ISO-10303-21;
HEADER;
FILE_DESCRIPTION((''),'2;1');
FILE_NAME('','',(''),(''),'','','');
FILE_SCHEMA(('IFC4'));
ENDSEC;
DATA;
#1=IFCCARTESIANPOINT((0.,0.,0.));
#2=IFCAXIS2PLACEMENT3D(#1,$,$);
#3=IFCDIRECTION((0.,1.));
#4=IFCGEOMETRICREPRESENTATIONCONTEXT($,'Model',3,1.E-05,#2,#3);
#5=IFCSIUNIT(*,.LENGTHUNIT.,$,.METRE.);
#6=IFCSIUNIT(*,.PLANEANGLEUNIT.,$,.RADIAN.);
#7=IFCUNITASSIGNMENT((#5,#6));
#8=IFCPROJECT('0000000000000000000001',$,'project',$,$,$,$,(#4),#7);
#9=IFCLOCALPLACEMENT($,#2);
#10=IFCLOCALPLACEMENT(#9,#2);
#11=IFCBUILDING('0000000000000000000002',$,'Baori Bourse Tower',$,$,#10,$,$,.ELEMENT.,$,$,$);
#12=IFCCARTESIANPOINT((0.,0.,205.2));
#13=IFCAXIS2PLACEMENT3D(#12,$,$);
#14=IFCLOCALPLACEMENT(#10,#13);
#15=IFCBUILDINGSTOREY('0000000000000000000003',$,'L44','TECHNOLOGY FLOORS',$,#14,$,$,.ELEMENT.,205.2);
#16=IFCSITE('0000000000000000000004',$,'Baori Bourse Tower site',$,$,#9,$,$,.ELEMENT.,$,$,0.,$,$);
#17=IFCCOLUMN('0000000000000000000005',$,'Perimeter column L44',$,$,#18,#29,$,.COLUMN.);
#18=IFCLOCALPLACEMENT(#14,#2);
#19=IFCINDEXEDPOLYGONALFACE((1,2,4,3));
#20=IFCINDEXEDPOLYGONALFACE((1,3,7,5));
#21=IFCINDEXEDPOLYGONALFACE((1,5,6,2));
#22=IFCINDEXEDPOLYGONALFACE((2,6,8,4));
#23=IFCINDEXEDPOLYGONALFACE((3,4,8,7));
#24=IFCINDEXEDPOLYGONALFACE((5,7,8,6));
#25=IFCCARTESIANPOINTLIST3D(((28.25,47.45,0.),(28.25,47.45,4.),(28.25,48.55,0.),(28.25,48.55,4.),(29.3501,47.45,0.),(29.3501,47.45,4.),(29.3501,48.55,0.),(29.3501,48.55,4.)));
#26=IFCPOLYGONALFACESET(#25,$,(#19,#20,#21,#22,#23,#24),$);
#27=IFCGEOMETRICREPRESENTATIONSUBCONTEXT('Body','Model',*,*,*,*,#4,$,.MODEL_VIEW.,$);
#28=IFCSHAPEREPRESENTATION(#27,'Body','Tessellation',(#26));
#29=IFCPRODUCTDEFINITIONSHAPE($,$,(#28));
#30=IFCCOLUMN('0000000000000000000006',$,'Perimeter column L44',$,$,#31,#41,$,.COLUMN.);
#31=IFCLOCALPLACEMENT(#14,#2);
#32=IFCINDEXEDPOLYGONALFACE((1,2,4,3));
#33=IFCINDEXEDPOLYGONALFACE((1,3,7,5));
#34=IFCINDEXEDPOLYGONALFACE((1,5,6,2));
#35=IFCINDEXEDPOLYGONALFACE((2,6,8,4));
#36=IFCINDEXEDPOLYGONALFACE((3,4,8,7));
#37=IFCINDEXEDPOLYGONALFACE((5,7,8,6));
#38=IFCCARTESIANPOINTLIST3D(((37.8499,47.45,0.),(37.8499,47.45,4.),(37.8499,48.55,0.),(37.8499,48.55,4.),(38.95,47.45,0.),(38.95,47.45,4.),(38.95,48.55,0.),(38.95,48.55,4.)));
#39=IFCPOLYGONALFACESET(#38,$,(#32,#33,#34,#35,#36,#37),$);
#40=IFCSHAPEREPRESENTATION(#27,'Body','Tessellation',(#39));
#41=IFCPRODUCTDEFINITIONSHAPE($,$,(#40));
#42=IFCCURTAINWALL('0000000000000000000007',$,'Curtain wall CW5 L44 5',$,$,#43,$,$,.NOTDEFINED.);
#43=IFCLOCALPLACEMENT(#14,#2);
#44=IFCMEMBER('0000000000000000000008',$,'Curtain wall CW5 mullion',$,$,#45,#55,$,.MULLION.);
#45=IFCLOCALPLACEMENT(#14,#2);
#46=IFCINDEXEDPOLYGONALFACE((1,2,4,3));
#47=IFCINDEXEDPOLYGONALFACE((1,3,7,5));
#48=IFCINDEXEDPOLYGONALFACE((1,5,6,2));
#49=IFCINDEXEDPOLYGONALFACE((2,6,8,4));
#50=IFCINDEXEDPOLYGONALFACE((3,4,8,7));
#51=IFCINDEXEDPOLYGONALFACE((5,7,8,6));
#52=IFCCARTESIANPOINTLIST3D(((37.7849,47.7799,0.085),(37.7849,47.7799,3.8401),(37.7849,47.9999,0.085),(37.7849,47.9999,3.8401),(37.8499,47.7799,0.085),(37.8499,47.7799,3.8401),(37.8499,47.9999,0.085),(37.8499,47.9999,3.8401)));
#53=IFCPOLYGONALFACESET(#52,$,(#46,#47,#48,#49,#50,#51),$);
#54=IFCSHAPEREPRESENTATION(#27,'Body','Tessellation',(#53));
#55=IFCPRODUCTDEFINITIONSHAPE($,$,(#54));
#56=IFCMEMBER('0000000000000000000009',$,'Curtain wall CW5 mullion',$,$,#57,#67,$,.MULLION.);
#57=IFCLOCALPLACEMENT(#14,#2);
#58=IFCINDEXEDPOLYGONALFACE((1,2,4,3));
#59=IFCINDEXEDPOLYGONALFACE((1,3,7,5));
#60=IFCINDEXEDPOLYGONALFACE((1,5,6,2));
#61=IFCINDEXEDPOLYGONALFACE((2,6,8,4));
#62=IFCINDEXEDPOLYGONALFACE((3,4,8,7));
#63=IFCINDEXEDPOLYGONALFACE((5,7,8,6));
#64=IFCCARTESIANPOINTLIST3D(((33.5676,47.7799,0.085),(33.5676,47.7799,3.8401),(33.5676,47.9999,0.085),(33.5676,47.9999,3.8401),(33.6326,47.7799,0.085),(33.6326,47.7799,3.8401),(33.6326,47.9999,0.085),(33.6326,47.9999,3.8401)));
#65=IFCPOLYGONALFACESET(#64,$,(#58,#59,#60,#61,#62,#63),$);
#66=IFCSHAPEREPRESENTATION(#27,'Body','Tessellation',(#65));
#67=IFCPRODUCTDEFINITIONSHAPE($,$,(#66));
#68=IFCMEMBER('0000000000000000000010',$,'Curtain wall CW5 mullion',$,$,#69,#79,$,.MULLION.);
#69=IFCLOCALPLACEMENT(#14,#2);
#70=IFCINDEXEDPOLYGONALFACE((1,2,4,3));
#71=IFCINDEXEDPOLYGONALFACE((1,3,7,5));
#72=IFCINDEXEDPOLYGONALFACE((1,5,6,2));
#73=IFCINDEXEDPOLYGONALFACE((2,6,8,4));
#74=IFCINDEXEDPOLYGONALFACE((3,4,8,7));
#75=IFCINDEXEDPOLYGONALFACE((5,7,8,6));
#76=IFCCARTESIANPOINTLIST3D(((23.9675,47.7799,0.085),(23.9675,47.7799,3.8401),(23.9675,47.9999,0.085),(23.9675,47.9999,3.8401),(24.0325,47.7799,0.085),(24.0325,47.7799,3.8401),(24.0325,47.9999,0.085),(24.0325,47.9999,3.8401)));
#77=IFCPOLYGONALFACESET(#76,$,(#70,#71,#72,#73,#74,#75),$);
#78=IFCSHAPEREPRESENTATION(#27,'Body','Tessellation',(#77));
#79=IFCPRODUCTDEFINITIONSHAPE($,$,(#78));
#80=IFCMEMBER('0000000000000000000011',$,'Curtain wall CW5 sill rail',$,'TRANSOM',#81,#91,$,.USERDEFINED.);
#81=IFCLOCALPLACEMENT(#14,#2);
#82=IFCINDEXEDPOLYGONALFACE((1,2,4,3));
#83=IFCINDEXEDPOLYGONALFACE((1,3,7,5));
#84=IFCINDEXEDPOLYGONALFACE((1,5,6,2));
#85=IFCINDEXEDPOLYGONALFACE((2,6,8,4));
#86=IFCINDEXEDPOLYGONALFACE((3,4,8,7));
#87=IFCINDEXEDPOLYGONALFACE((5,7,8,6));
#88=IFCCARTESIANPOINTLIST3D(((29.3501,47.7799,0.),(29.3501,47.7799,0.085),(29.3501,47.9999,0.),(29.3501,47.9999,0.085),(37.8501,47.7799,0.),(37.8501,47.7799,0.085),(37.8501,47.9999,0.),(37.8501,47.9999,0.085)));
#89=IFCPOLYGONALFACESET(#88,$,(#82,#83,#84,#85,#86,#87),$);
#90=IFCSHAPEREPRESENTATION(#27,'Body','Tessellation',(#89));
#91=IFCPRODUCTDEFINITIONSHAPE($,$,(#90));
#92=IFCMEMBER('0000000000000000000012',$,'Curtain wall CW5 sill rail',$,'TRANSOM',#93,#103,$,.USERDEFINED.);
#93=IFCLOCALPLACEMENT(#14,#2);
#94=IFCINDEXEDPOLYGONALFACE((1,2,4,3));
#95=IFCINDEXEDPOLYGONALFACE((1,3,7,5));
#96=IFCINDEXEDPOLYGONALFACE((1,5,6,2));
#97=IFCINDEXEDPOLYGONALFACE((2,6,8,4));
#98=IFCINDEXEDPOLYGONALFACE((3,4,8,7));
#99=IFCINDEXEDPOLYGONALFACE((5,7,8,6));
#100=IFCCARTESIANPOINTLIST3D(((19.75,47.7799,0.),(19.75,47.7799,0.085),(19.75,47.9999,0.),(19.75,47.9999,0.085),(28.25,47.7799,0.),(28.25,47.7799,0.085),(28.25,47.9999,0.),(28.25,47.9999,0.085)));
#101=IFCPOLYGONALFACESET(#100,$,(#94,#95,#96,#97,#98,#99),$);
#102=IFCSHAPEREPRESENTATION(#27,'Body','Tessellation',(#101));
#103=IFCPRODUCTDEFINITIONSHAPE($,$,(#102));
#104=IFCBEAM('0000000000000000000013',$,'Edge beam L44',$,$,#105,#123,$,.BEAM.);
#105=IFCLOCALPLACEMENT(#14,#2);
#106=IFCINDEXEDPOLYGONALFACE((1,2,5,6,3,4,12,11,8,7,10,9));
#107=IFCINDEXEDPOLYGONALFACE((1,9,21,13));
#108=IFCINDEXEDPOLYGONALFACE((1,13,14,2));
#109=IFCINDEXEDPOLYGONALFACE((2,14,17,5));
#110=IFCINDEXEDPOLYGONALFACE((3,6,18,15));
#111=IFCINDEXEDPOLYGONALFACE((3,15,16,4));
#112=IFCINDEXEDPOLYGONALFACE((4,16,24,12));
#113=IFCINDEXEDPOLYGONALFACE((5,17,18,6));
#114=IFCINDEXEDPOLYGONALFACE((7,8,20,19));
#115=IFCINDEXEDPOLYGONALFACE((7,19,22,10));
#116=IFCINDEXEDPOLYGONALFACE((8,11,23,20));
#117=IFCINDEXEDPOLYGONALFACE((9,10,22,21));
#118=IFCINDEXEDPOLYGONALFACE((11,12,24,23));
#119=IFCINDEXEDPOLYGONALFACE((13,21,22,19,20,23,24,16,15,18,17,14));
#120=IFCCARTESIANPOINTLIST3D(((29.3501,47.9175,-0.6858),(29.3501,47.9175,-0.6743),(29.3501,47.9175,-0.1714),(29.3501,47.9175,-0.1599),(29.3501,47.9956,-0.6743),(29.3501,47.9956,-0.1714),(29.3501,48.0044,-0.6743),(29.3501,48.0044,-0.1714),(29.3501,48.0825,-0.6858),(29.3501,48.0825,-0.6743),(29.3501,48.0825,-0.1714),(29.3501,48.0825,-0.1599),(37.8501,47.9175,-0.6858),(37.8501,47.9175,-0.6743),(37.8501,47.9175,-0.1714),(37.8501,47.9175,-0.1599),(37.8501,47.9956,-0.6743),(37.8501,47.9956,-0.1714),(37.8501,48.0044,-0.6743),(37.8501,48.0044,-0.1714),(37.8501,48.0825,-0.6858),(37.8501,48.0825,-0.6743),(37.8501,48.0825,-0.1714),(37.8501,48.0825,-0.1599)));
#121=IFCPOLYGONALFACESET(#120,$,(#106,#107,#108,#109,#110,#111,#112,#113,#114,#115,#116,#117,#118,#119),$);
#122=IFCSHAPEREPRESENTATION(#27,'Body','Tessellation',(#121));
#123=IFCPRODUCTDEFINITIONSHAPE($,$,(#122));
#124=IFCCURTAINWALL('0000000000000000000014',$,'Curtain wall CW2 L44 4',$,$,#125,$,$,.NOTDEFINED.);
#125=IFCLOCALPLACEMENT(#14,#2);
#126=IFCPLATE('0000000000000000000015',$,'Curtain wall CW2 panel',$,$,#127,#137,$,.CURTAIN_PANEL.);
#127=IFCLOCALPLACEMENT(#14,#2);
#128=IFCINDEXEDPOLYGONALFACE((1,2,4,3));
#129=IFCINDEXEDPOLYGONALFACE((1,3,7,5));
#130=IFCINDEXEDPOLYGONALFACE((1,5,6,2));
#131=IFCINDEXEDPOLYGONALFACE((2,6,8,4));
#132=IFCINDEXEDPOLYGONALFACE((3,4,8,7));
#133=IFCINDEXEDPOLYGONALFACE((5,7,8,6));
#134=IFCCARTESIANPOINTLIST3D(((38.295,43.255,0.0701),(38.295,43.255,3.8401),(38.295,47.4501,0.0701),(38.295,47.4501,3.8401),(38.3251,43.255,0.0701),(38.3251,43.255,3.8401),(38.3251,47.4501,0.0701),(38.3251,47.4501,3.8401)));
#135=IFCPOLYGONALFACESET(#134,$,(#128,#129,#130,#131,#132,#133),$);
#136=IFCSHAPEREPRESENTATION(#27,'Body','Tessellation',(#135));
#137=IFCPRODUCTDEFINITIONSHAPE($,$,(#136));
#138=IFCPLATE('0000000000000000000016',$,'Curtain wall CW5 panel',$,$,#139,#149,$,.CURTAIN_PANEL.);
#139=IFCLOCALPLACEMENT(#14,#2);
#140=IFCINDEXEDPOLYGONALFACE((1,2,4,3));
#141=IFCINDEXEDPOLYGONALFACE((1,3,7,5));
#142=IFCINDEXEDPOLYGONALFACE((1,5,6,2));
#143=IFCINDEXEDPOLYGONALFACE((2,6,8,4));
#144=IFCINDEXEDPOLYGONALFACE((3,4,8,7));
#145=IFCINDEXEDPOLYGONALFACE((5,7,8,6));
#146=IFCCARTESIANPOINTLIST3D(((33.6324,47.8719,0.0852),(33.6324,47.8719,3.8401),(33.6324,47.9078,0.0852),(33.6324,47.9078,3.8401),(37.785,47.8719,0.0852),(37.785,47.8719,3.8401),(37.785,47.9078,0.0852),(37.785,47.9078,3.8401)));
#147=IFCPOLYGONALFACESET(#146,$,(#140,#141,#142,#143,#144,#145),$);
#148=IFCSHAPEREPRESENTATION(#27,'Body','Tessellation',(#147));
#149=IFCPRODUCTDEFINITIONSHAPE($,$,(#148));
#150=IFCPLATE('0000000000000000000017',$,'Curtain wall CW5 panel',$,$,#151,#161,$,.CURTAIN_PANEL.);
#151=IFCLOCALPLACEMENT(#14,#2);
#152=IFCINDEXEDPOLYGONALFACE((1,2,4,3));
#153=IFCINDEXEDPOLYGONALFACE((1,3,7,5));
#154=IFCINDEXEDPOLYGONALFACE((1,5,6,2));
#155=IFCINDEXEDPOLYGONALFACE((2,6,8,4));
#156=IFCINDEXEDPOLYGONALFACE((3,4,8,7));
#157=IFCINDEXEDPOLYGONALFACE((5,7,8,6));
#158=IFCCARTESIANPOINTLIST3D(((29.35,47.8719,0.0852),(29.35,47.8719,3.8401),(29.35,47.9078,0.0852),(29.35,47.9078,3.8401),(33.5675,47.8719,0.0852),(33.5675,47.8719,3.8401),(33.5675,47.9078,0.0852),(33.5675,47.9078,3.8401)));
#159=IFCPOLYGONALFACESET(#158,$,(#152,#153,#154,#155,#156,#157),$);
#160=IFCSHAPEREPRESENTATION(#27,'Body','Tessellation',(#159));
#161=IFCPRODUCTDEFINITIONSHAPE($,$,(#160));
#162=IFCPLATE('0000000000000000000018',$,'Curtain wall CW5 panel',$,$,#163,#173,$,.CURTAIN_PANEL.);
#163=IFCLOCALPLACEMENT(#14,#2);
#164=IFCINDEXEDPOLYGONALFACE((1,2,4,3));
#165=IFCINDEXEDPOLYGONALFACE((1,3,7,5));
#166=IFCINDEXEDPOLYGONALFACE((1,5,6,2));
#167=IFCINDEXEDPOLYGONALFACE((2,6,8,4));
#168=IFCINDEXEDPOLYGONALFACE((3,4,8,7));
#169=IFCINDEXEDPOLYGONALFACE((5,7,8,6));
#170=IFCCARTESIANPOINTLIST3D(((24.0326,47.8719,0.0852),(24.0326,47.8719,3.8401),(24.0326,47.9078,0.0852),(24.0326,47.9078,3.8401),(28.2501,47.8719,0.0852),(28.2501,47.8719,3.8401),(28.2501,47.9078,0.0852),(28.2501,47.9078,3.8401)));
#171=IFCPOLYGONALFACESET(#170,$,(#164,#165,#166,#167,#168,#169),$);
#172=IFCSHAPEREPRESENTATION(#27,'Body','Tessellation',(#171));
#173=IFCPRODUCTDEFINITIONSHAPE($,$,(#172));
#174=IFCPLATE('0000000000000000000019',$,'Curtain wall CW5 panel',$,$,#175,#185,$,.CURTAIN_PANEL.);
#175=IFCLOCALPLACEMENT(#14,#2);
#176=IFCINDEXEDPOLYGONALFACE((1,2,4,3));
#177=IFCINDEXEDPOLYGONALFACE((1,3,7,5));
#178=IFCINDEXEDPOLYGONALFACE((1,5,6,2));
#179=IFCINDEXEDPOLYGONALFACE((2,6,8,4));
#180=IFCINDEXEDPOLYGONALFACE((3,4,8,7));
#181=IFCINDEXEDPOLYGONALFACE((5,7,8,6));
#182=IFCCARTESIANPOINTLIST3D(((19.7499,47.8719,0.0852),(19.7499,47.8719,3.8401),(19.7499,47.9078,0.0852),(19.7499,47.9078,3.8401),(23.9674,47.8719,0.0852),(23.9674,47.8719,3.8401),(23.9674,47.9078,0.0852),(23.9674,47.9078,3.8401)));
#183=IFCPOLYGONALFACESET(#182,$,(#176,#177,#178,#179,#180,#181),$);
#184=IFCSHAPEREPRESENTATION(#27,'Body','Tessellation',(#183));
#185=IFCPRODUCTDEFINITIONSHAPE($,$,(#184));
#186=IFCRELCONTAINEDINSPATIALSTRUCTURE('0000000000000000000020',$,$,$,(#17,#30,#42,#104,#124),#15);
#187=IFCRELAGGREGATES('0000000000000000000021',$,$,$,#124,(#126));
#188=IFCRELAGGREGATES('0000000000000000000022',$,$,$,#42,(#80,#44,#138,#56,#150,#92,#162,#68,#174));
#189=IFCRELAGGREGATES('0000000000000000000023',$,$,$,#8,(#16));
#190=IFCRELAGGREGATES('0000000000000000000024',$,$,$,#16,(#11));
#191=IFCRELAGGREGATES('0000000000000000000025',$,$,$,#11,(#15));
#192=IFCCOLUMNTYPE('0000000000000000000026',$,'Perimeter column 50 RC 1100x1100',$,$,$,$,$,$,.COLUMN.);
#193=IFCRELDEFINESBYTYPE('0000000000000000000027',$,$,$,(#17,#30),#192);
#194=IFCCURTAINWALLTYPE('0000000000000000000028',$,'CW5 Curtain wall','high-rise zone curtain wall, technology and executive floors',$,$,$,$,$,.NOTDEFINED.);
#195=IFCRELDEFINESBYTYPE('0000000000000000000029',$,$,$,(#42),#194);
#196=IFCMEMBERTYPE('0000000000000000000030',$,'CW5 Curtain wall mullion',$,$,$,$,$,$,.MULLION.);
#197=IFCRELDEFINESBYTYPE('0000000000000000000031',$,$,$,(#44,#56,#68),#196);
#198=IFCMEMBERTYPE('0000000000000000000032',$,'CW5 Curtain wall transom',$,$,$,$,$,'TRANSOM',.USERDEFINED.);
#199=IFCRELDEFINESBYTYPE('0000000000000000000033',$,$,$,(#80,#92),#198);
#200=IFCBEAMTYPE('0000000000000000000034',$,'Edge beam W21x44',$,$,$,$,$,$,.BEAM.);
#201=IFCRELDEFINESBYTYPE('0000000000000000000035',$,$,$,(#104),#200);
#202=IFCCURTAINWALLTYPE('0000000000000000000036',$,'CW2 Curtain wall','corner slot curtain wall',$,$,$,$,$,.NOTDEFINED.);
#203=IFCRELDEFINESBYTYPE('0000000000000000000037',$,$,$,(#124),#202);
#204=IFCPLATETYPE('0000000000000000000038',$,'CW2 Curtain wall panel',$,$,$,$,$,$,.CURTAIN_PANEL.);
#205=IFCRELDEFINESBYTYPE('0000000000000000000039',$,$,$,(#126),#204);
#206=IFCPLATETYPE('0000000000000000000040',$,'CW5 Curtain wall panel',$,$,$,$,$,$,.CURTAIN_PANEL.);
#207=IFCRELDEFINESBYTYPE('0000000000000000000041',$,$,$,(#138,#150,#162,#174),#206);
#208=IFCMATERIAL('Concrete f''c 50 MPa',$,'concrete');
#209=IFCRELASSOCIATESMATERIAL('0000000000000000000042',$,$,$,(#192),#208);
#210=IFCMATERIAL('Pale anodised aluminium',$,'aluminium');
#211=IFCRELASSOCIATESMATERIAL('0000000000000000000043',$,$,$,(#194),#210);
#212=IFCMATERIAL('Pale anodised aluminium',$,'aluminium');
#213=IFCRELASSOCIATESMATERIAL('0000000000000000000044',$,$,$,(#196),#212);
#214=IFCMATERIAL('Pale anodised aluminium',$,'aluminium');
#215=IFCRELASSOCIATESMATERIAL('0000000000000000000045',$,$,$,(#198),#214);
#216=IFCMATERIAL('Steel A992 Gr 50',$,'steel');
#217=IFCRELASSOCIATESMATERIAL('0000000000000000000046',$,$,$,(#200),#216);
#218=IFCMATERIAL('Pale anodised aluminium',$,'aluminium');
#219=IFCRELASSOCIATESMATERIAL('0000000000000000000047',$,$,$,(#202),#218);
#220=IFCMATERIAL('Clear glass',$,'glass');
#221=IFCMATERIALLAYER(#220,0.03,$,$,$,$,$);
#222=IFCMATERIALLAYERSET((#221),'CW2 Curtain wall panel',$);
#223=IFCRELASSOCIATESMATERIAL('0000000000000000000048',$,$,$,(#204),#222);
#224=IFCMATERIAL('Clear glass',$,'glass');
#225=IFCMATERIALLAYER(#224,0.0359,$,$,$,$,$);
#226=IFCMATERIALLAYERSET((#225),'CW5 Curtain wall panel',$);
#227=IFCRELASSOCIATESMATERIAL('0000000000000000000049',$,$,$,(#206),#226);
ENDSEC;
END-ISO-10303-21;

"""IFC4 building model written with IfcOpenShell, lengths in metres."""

from ifc_helpers import new_model, si_unit, direction, frame, origin, origin_2d, place, context, subcontext, project, spatial, rectangle, i_section, extrude, material, layer, layer_set, material_profile, profile_set, type_object, element, aggregate, save


model = new_model("IFC4")

# Units and contexts
model_context = context("Model", 3, precision=1e-05, world=origin(), true_north=direction((0.0, 1.0)))
body_context = subcontext(model_context, "Body", "Model", "MODEL_VIEW")
ifc_project = project(units=[si_unit("LENGTHUNIT", "METRE"), si_unit("PLANEANGLEUNIT", "RADIAN")], contexts=[model_context])

# Site, building, storey
site_placement = place(None, origin())
site = spatial("IfcSite", under=ifc_project, at=site_placement, Name="Baori Bourse Tower site", CompositionType="ELEMENT", RefElevation=0.0)
building_placement = place(site_placement, origin())
building = spatial("IfcBuilding", under=site, at=building_placement, Name="Baori Bourse Tower", CompositionType="ELEMENT")
storey_placement = place(building_placement, frame((0.0, 0.0, 205.2)))
storey = spatial("IfcBuildingStorey", under=building, at=storey_placement, Name="L44", Description="TECHNOLOGY FLOORS", CompositionType="ELEMENT", Elevation=205.2)

# Columns
ifc_material_1 = material(Name="Concrete f'c 50 MPa", Category="concrete")
ifc_material_profile_1 = material_profile(ifc_material_1, rectangle(XDim=1.1001, YDim=1.1001, at=origin_2d()), Name="RC 1100x1100")
ifc_profile_set_1 = profile_set([ifc_material_profile_1], Name="Concrete f'c 50 MPa")
column_type = type_object("IfcColumnType", Name="Perimeter column 50 RC 1100x1100", PredefinedType="COLUMN", material=ifc_profile_set_1)
for number, where, z_axis, x_axis, name in (
    (1, (28.8, 48.0, 0.0), (0.0, 0.0, 1.0), (1.0, 0.0, 0.0), "Perimeter column L44"),
    (2, (38.3999, 48.0, 0.0), (0.0, 0.0, 1.0), (1.0, 0.0, 0.0), "Perimeter column L44"),
):
    element("IfcColumn", number, at=place(storey_placement, frame(where, z_axis=z_axis, x_axis=x_axis)), inside=storey, type_object=column_type, Name=name, PredefinedType="COLUMN", context=body_context, shape_type="SweptSolid", body=[
        extrude(rectangle(XDim=1.1001, YDim=1.1001, at=origin_2d()), origin(), (0.0, 0.0, 1.0), 4.0),
    ])

# Curtain wall, members
ifc_material_2 = material(Name="Pale anodised aluminium", Category="aluminium")
curtain_wall_type_1 = type_object("IfcCurtainWallType", Name="CW5 Curtain wall", Description="high-rise zone curtain wall, technology and executive floors", PredefinedType="NOTDEFINED", material=ifc_material_2)
curtain_wall_1_placement = place(storey_placement, origin())
curtain_wall_1 = element("IfcCurtainWall", 3, at=curtain_wall_1_placement, inside=storey, type_object=curtain_wall_type_1, Name="Curtain wall CW5 L44 5", PredefinedType="NOTDEFINED")
ifc_material_3 = material(Name="Pale anodised aluminium", Category="aluminium")
ifc_material_profile_2 = material_profile(ifc_material_3, rectangle(XDim=0.22, YDim=0.0649, at=origin_2d()), Name="Mullion 65x220")
ifc_profile_set_2 = profile_set([ifc_material_profile_2], Name="Pale anodised aluminium")
member_type_1 = type_object("IfcMemberType", Name="CW5 Curtain wall mullion", PredefinedType="MULLION", material=ifc_profile_set_2)
member_1_placement = place(storey_placement, frame((37.8174, 47.8899, 0.085), z_axis=(0.0, 0.0, 1.0), x_axis=(0.0, -1.0, 0.0)))
member_1 = element("IfcMember", 4, at=member_1_placement, type_object=member_type_1, Name="Curtain wall CW5 mullion", PredefinedType="MULLION", context=body_context, shape_type="SweptSolid", body=[
    extrude(rectangle(XDim=0.22, YDim=0.0649, at=origin_2d()), origin(), (0.0, 0.0, 1.0), 3.7551),
])
member_2_placement = place(storey_placement, frame((33.6001, 47.8899, 0.085), z_axis=(0.0, 0.0, 1.0), x_axis=(0.0, -1.0, 0.0)))
member_2 = element("IfcMember", 5, at=member_2_placement, type_object=member_type_1, Name="Curtain wall CW5 mullion", PredefinedType="MULLION", context=body_context, shape_type="SweptSolid", body=[
    extrude(rectangle(XDim=0.22, YDim=0.0649, at=origin_2d()), origin(), (0.0, 0.0, 1.0), 3.7551),
])
member_3_placement = place(storey_placement, frame((24.0, 47.8899, 0.085), z_axis=(0.0, 0.0, 1.0), x_axis=(0.0, -1.0, 0.0)))
member_3 = element("IfcMember", 6, at=member_3_placement, type_object=member_type_1, Name="Curtain wall CW5 mullion", PredefinedType="MULLION", context=body_context, shape_type="SweptSolid", body=[
    extrude(rectangle(XDim=0.22, YDim=0.0649, at=origin_2d()), origin(), (0.0, 0.0, 1.0), 3.7551),
])
ifc_material_4 = material(Name="Pale anodised aluminium", Category="aluminium")
ifc_material_profile_3 = material_profile(ifc_material_4, rectangle(XDim=0.22, YDim=0.085, at=origin_2d()), Name="Transom 85x220")
ifc_profile_set_3 = profile_set([ifc_material_profile_3], Name="Pale anodised aluminium")
member_type_2 = type_object("IfcMemberType", Name="CW5 Curtain wall transom", ElementType="TRANSOM", PredefinedType="USERDEFINED", material=ifc_profile_set_3)
member_4_placement = place(storey_placement, frame((37.8501, 47.8899, 0.0425), z_axis=(-1.0, 0.0, 0.0), x_axis=(0.0, -1.0, 0.0)))
member_4 = element("IfcMember", 7, at=member_4_placement, type_object=member_type_2, Name="Curtain wall CW5 sill rail", ObjectType="TRANSOM", PredefinedType="USERDEFINED", context=body_context, shape_type="SweptSolid", body=[
    extrude(rectangle(XDim=0.22, YDim=0.085, at=origin_2d()), origin(), (0.0, 0.0, 1.0), 8.5),
])
member_5_placement = place(storey_placement, frame((28.25, 47.8899, 0.0425), z_axis=(-1.0, 0.0, 0.0), x_axis=(0.0, -1.0, 0.0)))
member_5 = element("IfcMember", 8, at=member_5_placement, type_object=member_type_2, Name="Curtain wall CW5 sill rail", ObjectType="TRANSOM", PredefinedType="USERDEFINED", context=body_context, shape_type="SweptSolid", body=[
    extrude(rectangle(XDim=0.22, YDim=0.085, at=origin_2d()), origin(), (0.0, 0.0, 1.0), 8.5),
])

# Beam
ifc_material_5 = material(Name="Steel A992 Gr 50", Category="steel")
ifc_material_profile_4 = material_profile(ifc_material_5, i_section(OverallWidth=0.165, OverallDepth=0.5259, WebThickness=0.0088, FlangeThickness=0.0115, at=origin_2d()), Name="W21x44")
ifc_profile_set_4 = profile_set([ifc_material_profile_4], Name="Steel A992 Gr 50")
beam_type = type_object("IfcBeamType", Name="Edge beam W21x44", PredefinedType="BEAM", material=ifc_profile_set_4)
beam_placement = place(storey_placement, frame((29.3501, 48.0, -0.4229), z_axis=(1.0, 0.0, 0.0), x_axis=(0.0, 1.0, 0.0)))
element("IfcBeam", 9, at=beam_placement, inside=storey, type_object=beam_type, Name="Edge beam L44", PredefinedType="BEAM", context=body_context, shape_type="SweptSolid", body=[
    extrude(i_section(OverallWidth=0.165, OverallDepth=0.5259, WebThickness=0.0088, FlangeThickness=0.0115, at=origin_2d()), origin(), (0.0, 0.0, 1.0), 8.5),
])

# Curtain wall, plate
ifc_material_6 = material(Name="Pale anodised aluminium", Category="aluminium")
curtain_wall_type_2 = type_object("IfcCurtainWallType", Name="CW2 Curtain wall", Description="corner slot curtain wall", PredefinedType="NOTDEFINED", material=ifc_material_6)
curtain_wall_2_placement = place(storey_placement, origin())
curtain_wall_2 = element("IfcCurtainWall", 10, at=curtain_wall_2_placement, inside=storey, type_object=curtain_wall_type_2, Name="Curtain wall CW2 L44 4", PredefinedType="NOTDEFINED")
ifc_material_7 = material(Name="Clear glass", Category="glass")
ifc_layer_1 = layer(ifc_material_7, 0.03)
ifc_layer_set_1 = layer_set([ifc_layer_1], Name="CW2 Curtain wall panel")
plate_type_1 = type_object("IfcPlateType", Name="CW2 Curtain wall panel", PredefinedType="CURTAIN_PANEL", material=ifc_layer_set_1)
plate_1_placement = place(storey_placement, frame((38.3101, 45.3525, 0.0701), z_axis=(0.0, 0.0, 1.0), x_axis=(0.0, 1.0, 0.0)))
plate_1 = element("IfcPlate", 11, at=plate_1_placement, type_object=plate_type_1, Name="Curtain wall CW2 panel", PredefinedType="CURTAIN_PANEL", context=body_context, shape_type="SweptSolid", body=[
    extrude(rectangle(XDim=4.1951, YDim=0.03, at=origin_2d()), origin(), (0.0, 0.0, 1.0), 3.77),
])
aggregate(curtain_wall_2, [plate_1])

# Plates
ifc_material_8 = material(Name="Clear glass", Category="glass")
ifc_layer_2 = layer(ifc_material_8, 0.0359)
ifc_layer_set_2 = layer_set([ifc_layer_2], Name="CW5 Curtain wall panel")
plate_type_2 = type_object("IfcPlateType", Name="CW5 Curtain wall panel", PredefinedType="CURTAIN_PANEL", material=ifc_layer_set_2)
plate_2_placement = place(storey_placement, frame((35.7087, 47.8899, 0.0852), z_axis=(0.0, 0.0, 1.0), x_axis=(-1.0, 0.0, 0.0)))
plate_2 = element("IfcPlate", 12, at=plate_2_placement, type_object=plate_type_2, Name="Curtain wall CW5 panel", PredefinedType="CURTAIN_PANEL", context=body_context, shape_type="SweptSolid", body=[
    extrude(rectangle(XDim=4.1526, YDim=0.0359, at=origin_2d()), origin(), (0.0, 0.0, 1.0), 3.7549),
])
plate_3_placement = place(storey_placement, frame((31.4587, 47.8899, 0.0852), z_axis=(0.0, 0.0, 1.0), x_axis=(-1.0, 0.0, 0.0)))
plate_3 = element("IfcPlate", 13, at=plate_3_placement, type_object=plate_type_2, Name="Curtain wall CW5 panel", PredefinedType="CURTAIN_PANEL", context=body_context, shape_type="SweptSolid", body=[
    extrude(rectangle(XDim=4.2175, YDim=0.0359, at=origin_2d()), origin(), (0.0, 0.0, 1.0), 3.7549),
])
plate_4_placement = place(storey_placement, frame((26.1414, 47.8899, 0.0852), z_axis=(0.0, 0.0, 1.0), x_axis=(-1.0, 0.0, 0.0)))
plate_4 = element("IfcPlate", 14, at=plate_4_placement, type_object=plate_type_2, Name="Curtain wall CW5 panel", PredefinedType="CURTAIN_PANEL", context=body_context, shape_type="SweptSolid", body=[
    extrude(rectangle(XDim=4.2175, YDim=0.0359, at=origin_2d()), origin(), (0.0, 0.0, 1.0), 3.7549),
])
plate_5_placement = place(storey_placement, frame((21.8586, 47.8899, 0.0852), z_axis=(0.0, 0.0, 1.0), x_axis=(-1.0, 0.0, 0.0)))
plate_5 = element("IfcPlate", 15, at=plate_5_placement, type_object=plate_type_2, Name="Curtain wall CW5 panel", PredefinedType="CURTAIN_PANEL", context=body_context, shape_type="SweptSolid", body=[
    extrude(rectangle(XDim=4.2175, YDim=0.0359, at=origin_2d()), origin(), (0.0, 0.0, 1.0), 3.7549),
])
aggregate(curtain_wall_1, [member_4, member_1, plate_2, member_2, plate_3, member_5, plate_4, member_3, plate_5])

save(model, "model.ifc")
